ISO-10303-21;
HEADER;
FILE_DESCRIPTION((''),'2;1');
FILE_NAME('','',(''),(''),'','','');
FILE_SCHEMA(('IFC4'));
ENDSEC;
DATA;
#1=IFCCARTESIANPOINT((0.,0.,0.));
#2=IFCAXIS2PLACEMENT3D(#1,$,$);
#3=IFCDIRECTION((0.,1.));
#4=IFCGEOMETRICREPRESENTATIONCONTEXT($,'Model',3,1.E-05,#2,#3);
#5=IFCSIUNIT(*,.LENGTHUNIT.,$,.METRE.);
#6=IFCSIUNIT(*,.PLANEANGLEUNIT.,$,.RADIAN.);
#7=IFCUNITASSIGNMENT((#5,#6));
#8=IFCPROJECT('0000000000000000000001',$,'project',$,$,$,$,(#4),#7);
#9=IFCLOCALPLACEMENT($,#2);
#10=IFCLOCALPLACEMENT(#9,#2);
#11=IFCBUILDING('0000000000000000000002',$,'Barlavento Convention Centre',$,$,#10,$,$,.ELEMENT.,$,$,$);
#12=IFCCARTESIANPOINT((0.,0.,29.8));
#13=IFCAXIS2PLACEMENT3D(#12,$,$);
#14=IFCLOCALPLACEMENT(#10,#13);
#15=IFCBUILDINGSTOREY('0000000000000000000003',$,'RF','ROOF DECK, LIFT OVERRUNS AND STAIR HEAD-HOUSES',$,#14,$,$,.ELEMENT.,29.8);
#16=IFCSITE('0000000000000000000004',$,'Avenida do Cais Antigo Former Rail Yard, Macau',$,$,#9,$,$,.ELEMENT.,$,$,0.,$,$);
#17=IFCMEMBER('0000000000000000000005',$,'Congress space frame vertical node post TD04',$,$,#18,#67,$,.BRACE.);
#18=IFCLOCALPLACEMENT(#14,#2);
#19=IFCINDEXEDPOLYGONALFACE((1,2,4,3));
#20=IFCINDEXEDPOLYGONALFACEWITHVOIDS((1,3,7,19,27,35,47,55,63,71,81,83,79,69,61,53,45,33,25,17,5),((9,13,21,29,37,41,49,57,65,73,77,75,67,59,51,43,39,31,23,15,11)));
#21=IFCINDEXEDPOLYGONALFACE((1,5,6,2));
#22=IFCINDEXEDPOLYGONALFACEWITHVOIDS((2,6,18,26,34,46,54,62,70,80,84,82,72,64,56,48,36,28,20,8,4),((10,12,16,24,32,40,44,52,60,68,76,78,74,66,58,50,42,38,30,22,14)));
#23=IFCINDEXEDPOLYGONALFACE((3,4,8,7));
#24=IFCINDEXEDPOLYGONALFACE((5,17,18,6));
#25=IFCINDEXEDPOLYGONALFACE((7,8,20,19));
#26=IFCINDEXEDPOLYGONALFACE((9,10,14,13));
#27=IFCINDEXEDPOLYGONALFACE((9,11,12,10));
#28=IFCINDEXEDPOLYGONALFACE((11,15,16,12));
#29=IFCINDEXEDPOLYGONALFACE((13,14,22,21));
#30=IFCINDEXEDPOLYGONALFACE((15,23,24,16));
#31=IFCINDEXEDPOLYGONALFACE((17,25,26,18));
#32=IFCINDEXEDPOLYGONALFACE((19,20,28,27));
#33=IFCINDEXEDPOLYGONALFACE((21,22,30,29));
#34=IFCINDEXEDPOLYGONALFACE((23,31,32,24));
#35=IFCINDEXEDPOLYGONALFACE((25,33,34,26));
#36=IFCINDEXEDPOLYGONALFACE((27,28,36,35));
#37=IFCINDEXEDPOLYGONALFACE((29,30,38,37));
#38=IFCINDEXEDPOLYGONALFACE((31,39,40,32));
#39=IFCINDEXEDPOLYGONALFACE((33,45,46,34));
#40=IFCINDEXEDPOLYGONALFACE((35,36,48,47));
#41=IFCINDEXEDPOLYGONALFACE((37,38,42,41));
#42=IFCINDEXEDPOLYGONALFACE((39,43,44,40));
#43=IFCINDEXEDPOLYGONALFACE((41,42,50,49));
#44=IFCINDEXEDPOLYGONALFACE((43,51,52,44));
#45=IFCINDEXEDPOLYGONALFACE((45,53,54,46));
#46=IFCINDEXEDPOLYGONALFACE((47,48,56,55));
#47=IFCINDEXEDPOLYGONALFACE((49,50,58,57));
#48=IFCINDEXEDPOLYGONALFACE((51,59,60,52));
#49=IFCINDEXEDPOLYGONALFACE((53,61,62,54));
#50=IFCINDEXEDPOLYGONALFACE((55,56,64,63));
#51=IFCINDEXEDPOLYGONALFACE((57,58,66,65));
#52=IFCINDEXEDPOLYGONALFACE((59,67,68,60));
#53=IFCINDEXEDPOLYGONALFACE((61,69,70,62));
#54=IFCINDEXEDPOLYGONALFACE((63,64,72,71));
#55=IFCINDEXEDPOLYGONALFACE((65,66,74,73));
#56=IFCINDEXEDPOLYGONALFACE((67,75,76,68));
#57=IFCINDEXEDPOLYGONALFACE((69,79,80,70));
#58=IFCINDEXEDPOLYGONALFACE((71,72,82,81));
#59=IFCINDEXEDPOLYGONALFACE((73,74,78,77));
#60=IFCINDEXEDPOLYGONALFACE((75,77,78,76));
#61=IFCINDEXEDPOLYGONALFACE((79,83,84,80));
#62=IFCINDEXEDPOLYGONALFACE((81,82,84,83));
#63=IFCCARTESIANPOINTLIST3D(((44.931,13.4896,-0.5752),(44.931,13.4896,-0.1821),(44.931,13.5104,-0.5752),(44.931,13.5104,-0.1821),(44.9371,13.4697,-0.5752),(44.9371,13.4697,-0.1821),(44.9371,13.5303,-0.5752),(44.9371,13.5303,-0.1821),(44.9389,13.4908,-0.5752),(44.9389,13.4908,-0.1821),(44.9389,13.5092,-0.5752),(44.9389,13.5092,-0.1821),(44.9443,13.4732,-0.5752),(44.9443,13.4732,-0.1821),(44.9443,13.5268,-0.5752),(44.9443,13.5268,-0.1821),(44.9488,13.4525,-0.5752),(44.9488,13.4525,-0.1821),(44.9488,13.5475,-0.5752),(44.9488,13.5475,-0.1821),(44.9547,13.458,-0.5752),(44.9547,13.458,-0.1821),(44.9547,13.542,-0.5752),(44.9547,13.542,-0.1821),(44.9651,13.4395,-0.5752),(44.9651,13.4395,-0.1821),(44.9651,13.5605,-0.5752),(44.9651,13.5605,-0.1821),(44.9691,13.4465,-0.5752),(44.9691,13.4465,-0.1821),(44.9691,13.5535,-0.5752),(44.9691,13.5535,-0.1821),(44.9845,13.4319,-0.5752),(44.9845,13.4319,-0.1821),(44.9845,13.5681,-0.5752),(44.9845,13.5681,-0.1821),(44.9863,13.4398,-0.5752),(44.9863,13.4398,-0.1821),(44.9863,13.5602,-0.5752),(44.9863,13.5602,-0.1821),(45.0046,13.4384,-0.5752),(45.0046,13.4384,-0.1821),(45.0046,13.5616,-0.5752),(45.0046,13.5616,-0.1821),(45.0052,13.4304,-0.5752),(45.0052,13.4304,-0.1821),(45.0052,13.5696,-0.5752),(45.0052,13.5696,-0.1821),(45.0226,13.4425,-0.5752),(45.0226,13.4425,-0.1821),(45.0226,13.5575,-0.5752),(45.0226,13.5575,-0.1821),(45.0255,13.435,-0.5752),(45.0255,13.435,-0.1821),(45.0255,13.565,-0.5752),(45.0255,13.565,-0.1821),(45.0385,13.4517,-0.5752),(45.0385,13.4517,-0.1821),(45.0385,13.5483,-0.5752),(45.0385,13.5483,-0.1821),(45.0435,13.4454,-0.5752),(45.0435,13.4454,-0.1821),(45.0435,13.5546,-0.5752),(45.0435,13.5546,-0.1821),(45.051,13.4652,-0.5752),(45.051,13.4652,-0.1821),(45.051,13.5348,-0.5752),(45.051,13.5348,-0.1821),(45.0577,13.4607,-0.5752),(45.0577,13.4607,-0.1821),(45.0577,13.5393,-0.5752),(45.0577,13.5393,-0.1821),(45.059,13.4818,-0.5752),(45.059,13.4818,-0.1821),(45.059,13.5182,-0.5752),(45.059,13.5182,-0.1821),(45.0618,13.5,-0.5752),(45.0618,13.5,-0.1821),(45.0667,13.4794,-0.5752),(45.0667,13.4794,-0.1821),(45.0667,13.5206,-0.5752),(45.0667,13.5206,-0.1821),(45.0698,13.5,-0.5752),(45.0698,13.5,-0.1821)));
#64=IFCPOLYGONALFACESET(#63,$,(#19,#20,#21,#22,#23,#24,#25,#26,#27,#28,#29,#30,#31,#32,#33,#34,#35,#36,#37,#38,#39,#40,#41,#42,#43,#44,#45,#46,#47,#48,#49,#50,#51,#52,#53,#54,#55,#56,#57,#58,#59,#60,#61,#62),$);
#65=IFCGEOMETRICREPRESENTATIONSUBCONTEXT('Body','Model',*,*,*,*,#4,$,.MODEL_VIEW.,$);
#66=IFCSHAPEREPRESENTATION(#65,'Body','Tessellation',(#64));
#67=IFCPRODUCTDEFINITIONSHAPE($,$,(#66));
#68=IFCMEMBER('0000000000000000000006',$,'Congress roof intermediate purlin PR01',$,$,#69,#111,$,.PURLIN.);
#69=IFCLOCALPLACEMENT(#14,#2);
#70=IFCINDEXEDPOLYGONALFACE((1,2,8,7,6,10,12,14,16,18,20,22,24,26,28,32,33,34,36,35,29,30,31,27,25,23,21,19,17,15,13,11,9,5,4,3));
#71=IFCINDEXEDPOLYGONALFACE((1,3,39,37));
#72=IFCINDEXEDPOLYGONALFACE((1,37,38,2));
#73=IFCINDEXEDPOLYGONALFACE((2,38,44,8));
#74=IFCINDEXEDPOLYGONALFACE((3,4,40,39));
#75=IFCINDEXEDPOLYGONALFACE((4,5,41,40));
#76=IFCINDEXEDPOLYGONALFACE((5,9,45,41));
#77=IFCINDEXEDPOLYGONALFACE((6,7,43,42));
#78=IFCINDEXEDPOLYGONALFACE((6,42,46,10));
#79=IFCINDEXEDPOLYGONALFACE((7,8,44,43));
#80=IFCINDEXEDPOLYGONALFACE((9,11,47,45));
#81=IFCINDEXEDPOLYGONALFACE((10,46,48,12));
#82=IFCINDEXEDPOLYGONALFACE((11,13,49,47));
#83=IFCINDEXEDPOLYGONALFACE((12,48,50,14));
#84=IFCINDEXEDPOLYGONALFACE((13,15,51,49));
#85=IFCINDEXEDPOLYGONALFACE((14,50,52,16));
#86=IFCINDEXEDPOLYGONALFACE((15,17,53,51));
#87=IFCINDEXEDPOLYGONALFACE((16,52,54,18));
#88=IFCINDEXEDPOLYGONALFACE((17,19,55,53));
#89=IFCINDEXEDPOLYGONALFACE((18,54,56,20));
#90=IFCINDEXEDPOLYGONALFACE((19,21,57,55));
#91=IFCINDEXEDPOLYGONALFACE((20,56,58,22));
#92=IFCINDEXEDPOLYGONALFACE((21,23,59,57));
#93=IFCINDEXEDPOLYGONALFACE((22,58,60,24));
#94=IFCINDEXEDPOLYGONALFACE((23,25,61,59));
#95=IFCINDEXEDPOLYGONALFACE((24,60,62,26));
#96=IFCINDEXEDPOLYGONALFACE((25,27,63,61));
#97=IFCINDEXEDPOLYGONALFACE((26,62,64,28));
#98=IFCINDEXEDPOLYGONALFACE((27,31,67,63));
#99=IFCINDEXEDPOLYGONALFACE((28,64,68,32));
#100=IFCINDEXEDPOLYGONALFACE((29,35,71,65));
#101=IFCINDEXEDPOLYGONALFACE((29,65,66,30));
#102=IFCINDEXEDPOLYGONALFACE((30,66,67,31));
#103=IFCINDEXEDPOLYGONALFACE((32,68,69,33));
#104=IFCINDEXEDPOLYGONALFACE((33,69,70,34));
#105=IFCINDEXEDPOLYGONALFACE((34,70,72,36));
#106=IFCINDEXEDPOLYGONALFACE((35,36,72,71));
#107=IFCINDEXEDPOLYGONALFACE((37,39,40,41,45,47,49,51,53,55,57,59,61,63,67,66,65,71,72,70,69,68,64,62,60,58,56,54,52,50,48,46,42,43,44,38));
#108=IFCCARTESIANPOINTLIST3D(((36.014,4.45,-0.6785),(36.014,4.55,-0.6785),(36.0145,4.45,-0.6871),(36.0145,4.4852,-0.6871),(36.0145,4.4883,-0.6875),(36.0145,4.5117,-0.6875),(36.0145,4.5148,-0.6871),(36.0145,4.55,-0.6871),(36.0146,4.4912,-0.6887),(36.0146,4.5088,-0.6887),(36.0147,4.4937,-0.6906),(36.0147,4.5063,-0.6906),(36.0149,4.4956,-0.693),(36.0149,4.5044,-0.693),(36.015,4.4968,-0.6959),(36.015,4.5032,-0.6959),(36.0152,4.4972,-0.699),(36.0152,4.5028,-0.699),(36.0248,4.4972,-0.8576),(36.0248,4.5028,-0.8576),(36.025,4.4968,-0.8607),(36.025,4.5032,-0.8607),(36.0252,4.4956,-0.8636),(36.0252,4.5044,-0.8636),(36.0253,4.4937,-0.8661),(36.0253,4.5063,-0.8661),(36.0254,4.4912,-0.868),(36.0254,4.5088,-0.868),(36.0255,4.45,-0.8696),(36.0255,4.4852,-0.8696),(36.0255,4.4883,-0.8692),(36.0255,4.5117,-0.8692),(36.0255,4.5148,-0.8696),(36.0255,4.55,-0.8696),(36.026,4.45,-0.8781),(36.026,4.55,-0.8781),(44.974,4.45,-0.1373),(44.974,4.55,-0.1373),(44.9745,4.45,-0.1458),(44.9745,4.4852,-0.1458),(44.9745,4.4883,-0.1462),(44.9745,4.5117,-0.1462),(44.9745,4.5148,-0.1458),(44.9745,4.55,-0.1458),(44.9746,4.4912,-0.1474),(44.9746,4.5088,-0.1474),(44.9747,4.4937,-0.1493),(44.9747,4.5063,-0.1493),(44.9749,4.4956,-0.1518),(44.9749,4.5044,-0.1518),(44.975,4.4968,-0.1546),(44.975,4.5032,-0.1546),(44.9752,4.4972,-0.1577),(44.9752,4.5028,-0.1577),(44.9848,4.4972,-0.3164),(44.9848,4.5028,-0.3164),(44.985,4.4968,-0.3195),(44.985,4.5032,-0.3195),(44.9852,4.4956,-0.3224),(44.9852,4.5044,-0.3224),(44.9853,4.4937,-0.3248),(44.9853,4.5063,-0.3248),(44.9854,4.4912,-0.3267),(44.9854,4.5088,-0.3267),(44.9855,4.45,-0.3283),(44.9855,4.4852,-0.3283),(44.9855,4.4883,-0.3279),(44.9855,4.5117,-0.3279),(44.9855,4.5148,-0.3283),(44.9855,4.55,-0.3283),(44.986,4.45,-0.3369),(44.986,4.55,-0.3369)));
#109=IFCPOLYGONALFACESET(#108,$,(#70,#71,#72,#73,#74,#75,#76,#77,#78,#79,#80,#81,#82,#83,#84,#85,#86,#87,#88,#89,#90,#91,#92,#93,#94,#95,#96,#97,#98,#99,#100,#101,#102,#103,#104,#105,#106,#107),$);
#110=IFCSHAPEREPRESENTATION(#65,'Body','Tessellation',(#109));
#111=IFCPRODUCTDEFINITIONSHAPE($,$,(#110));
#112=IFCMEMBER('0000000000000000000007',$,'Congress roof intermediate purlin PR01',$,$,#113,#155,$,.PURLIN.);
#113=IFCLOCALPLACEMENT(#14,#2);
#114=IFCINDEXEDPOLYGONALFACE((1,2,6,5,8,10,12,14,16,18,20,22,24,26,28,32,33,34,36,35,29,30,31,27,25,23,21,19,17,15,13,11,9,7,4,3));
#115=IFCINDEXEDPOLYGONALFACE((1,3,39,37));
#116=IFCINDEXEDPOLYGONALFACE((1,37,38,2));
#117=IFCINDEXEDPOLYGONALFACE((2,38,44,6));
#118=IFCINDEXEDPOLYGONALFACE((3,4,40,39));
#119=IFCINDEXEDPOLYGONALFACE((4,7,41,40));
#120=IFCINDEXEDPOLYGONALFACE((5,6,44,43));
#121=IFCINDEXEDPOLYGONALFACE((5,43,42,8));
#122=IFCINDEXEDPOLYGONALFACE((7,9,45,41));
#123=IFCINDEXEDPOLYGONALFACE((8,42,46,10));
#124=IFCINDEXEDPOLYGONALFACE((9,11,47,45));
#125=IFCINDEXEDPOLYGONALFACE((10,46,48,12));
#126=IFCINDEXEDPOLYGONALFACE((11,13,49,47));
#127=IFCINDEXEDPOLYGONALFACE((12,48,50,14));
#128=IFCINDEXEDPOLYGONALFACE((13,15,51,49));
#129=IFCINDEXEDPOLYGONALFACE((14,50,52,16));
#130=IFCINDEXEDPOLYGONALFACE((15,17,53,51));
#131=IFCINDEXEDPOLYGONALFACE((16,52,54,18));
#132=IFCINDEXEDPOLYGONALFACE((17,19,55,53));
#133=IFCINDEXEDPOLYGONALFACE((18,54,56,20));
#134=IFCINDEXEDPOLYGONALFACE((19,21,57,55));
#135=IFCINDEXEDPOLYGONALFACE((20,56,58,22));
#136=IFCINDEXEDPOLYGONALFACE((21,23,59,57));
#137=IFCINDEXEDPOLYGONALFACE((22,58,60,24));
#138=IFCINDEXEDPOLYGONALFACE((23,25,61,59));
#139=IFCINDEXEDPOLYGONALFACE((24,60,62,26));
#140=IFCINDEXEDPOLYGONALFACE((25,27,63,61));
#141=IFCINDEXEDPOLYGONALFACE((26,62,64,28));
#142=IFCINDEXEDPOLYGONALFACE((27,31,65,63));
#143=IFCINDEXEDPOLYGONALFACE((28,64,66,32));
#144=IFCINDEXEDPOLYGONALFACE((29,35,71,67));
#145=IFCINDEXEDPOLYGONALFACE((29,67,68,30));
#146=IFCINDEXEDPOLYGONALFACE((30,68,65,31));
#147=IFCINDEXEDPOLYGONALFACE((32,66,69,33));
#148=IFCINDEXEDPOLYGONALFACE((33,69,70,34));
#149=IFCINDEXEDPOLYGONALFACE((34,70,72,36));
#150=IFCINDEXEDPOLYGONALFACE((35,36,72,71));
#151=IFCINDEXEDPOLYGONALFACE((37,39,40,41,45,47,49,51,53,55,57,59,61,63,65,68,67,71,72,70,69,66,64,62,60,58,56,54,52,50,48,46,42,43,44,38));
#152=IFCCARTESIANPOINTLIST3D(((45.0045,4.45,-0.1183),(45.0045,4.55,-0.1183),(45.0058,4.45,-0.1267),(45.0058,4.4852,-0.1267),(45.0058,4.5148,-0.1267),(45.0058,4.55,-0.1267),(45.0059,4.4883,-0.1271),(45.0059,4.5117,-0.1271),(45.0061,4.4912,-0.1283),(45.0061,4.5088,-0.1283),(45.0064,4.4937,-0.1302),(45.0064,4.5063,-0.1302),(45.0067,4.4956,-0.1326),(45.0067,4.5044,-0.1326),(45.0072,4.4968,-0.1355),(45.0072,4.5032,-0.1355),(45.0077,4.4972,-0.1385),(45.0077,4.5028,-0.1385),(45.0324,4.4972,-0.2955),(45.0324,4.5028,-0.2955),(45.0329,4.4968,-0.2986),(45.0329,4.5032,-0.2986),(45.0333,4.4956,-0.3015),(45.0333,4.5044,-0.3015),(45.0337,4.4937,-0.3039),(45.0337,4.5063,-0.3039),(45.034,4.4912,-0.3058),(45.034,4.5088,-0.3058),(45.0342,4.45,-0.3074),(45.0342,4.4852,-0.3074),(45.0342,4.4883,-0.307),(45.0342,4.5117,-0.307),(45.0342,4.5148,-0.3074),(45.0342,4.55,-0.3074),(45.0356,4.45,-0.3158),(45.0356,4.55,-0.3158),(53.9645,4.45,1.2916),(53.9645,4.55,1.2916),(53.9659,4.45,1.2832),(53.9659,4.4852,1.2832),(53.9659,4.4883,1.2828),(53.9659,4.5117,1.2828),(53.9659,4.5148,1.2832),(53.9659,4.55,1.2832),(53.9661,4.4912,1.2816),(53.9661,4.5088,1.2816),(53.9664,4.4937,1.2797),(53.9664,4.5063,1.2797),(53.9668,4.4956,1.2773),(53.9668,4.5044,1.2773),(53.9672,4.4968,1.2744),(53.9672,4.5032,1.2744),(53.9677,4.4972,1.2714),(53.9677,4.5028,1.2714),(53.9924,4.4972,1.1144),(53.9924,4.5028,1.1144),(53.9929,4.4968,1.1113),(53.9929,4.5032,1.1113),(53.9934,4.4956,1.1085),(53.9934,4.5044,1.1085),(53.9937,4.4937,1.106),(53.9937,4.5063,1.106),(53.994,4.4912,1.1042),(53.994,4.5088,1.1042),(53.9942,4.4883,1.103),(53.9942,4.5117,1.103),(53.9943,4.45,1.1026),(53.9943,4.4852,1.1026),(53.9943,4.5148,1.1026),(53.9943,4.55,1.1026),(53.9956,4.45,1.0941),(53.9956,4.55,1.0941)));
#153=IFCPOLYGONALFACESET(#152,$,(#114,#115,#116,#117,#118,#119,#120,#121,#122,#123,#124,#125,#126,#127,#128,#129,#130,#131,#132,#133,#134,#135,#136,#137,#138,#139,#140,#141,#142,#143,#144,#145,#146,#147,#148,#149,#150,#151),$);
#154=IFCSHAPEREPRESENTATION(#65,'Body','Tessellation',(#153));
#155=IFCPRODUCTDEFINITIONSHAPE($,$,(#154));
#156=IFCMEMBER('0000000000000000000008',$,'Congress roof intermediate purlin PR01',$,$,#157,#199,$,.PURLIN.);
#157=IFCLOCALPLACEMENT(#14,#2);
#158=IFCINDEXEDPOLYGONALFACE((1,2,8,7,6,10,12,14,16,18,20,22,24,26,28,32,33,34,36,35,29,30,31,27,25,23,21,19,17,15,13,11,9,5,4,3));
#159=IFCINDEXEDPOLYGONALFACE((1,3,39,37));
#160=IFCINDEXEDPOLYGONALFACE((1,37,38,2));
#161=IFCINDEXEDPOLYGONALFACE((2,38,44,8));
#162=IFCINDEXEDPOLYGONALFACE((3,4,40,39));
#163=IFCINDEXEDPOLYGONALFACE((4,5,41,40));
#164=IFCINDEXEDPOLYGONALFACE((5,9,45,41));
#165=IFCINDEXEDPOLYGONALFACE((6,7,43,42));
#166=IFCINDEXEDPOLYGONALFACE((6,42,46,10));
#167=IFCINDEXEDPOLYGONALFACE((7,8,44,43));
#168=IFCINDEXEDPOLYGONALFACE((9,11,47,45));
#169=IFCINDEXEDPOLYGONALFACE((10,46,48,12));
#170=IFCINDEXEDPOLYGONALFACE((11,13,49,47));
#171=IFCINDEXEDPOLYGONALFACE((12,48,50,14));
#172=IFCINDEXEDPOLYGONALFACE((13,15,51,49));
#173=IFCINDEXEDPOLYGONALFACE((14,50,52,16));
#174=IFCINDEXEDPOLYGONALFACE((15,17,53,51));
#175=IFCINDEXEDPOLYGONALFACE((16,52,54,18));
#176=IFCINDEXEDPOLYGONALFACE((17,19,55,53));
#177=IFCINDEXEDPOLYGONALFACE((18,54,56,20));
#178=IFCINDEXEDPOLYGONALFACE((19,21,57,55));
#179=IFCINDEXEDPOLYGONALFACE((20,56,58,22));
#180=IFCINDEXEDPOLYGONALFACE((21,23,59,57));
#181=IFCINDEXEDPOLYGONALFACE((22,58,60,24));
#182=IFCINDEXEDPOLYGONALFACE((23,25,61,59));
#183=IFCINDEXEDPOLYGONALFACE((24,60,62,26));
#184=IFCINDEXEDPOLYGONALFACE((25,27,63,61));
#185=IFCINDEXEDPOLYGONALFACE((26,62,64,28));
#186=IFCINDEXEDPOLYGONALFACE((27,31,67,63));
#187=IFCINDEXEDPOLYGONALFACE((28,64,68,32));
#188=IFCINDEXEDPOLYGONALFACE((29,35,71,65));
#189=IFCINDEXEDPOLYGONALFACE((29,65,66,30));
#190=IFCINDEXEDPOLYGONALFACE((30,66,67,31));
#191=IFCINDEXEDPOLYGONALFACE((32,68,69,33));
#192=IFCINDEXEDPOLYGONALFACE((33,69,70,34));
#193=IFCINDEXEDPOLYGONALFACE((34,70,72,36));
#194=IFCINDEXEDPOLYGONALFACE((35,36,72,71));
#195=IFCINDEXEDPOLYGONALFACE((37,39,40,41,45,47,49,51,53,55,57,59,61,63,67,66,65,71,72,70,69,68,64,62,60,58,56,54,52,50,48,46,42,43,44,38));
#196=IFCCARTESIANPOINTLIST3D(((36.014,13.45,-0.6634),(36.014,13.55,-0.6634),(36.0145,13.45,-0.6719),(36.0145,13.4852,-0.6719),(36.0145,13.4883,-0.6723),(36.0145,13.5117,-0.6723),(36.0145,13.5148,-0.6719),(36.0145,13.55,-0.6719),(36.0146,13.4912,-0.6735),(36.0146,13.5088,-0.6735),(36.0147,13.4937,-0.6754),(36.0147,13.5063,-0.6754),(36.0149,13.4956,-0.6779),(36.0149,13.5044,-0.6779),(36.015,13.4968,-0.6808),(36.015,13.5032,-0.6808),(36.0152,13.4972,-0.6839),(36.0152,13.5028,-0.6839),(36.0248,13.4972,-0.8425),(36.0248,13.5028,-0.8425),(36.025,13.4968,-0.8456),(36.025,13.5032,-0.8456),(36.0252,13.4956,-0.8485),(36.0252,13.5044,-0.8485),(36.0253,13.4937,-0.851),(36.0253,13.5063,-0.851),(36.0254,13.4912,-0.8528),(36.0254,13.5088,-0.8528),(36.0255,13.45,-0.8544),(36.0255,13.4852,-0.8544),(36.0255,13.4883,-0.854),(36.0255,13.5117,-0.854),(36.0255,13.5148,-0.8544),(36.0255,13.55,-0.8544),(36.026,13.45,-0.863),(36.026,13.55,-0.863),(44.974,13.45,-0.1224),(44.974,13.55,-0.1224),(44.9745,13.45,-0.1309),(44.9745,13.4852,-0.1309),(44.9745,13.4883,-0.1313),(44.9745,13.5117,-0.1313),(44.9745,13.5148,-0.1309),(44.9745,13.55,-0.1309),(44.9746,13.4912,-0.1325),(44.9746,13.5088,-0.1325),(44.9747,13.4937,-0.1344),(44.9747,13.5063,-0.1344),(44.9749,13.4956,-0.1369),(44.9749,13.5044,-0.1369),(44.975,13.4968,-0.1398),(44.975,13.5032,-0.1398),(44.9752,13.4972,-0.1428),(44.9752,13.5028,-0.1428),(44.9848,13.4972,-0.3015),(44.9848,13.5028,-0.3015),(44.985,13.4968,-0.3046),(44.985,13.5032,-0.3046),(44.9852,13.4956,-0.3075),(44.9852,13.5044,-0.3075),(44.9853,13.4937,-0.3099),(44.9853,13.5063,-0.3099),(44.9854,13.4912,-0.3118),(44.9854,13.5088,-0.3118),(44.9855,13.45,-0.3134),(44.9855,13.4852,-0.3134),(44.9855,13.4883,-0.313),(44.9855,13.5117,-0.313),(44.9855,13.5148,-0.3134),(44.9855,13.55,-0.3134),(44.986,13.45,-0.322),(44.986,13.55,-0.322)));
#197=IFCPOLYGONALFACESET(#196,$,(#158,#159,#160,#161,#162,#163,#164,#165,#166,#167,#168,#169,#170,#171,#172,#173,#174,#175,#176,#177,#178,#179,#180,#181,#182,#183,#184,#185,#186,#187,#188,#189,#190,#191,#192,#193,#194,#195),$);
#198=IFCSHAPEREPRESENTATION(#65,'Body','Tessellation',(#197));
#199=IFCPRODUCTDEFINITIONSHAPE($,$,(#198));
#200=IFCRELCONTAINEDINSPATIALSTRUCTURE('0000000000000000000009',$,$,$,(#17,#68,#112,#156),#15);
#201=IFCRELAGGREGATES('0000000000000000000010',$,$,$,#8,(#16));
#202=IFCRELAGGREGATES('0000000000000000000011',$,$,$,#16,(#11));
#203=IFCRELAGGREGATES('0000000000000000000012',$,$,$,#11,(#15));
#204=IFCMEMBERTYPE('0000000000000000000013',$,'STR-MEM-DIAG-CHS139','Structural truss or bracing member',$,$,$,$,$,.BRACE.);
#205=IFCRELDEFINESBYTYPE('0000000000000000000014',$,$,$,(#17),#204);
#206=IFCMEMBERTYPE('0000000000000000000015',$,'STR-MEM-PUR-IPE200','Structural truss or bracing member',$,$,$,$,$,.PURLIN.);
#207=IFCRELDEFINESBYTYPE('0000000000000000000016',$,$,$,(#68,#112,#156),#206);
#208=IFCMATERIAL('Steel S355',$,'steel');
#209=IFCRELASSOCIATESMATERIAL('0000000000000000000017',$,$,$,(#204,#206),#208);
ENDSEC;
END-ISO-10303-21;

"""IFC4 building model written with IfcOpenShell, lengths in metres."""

from ifc_helpers import new_model, si_unit, direction, frame, origin, origin_2d, place, context, subcontext, project, spatial, hollow_circle, i_section, extrude, material, material_profile, profile_set, type_object, element, save


model = new_model("IFC4")

# Units and contexts
model_context = context("Model", 3, precision=1e-05, world=origin(), true_north=direction((0.0, 1.0)))
body_context = subcontext(model_context, "Body", "Model", "MODEL_VIEW")
ifc_project = project(units=[si_unit("LENGTHUNIT", "METRE"), si_unit("PLANEANGLEUNIT", "RADIAN")], contexts=[model_context])

# Site, building, storey
site_placement = place(None, origin())
site = spatial("IfcSite", under=ifc_project, at=site_placement, Name="Avenida do Cais Antigo Former Rail Yard, Macau", CompositionType="ELEMENT", RefElevation=0.0)
building_placement = place(site_placement, origin())
building = spatial("IfcBuilding", under=site, at=building_placement, Name="Barlavento Convention Centre", CompositionType="ELEMENT")
storey_placement = place(building_placement, frame((0.0, 0.0, 29.8)))
storey = spatial("IfcBuildingStorey", under=building, at=storey_placement, Name="RF", Description="ROOF DECK, LIFT OVERRUNS AND STAIR HEAD-HOUSES", CompositionType="ELEMENT", Elevation=29.8)

# Members
ifc_material_1 = material(Name="Steel S355", Category="steel")
ifc_material_profile_1 = material_profile(ifc_material_1, hollow_circle(Radius=0.0698, WallThickness=0.0081, at=origin_2d()), Name="CHS 139.7x8.0")
ifc_profile_set_1 = profile_set([ifc_material_profile_1], Name="Steel S355")
member_type_1 = type_object("IfcMemberType", Name="STR-MEM-DIAG-CHS139", Description="Structural truss or bracing member", PredefinedType="BRACE", material=ifc_profile_set_1)
member_1_placement = place(storey_placement, frame((45.0, 13.5, -0.5752), z_axis=(0.0, 0.0, 1.0), x_axis=(1.0, 0.0, 0.0)))
element("IfcMember", 1, at=member_1_placement, inside=storey, type_object=member_type_1, Name="Congress space frame vertical node post TD04", PredefinedType="BRACE", context=body_context, shape_type="SweptSolid", body=[
    extrude(hollow_circle(Radius=0.0698, WallThickness=0.0081, at=origin_2d()), origin(), (0.0, 0.0, 1.0), 0.3931),
])
ifc_material_profile_2 = material_profile(ifc_material_1, i_section(OverallWidth=0.1001, OverallDepth=0.2, WebThickness=0.0056, FlangeThickness=0.0085, FilletRadius=0.012, at=origin_2d()), Name="IPE 200")
ifc_profile_set_2 = profile_set([ifc_material_profile_2], Name="Steel S355")
member_type_2 = type_object("IfcMemberType", Name="STR-MEM-PUR-IPE200", Description="Structural truss or bracing member", PredefinedType="PURLIN", material=ifc_profile_set_2)
member_2_placement = place(storey_placement, frame((36.02, 4.5, -0.7783), z_axis=(0.99818, 0.0, 0.060299), x_axis=(0.0, 1.0, 0.0)))
element("IfcMember", 2, at=member_2_placement, inside=storey, type_object=member_type_2, Name="Congress roof intermediate purlin PR01", PredefinedType="PURLIN", context=body_context, shape_type="SweptSolid", body=[
    extrude(i_section(OverallWidth=0.1001, OverallDepth=0.2, WebThickness=0.0056, FlangeThickness=0.0085, FilletRadius=0.012, at=origin_2d()), origin(), (0.0, 0.0, 1.0), 8.9763),
])
member_3_placement = place(storey_placement, frame((45.02, 4.5, -0.217), z_axis=(0.987845, 0.0, 0.155444), x_axis=(0.0, 1.0, 0.0)))
element("IfcMember", 3, at=member_3_placement, inside=storey, type_object=member_type_2, Name="Congress roof intermediate purlin PR01", PredefinedType="PURLIN", context=body_context, shape_type="SweptSolid", body=[
    extrude(i_section(OverallWidth=0.1001, OverallDepth=0.2, WebThickness=0.0056, FlangeThickness=0.0085, FilletRadius=0.012, at=origin_2d()), origin(), (0.0, 0.0, 1.0), 9.0703),
])
member_4_placement = place(storey_placement, frame((36.02, 13.5, -0.7632), z_axis=(0.998182, 0.0, 0.060272), x_axis=(0.0, 1.0, 0.0)))
element("IfcMember", 4, at=member_4_placement, inside=storey, type_object=member_type_2, Name="Congress roof intermediate purlin PR01", PredefinedType="PURLIN", context=body_context, shape_type="SweptSolid", body=[
    extrude(i_section(OverallWidth=0.1001, OverallDepth=0.2, WebThickness=0.0056, FlangeThickness=0.0085, FilletRadius=0.012, at=origin_2d()), origin(), (0.0, 0.0, 1.0), 8.9763),
])

save(model, "model.ifc")
